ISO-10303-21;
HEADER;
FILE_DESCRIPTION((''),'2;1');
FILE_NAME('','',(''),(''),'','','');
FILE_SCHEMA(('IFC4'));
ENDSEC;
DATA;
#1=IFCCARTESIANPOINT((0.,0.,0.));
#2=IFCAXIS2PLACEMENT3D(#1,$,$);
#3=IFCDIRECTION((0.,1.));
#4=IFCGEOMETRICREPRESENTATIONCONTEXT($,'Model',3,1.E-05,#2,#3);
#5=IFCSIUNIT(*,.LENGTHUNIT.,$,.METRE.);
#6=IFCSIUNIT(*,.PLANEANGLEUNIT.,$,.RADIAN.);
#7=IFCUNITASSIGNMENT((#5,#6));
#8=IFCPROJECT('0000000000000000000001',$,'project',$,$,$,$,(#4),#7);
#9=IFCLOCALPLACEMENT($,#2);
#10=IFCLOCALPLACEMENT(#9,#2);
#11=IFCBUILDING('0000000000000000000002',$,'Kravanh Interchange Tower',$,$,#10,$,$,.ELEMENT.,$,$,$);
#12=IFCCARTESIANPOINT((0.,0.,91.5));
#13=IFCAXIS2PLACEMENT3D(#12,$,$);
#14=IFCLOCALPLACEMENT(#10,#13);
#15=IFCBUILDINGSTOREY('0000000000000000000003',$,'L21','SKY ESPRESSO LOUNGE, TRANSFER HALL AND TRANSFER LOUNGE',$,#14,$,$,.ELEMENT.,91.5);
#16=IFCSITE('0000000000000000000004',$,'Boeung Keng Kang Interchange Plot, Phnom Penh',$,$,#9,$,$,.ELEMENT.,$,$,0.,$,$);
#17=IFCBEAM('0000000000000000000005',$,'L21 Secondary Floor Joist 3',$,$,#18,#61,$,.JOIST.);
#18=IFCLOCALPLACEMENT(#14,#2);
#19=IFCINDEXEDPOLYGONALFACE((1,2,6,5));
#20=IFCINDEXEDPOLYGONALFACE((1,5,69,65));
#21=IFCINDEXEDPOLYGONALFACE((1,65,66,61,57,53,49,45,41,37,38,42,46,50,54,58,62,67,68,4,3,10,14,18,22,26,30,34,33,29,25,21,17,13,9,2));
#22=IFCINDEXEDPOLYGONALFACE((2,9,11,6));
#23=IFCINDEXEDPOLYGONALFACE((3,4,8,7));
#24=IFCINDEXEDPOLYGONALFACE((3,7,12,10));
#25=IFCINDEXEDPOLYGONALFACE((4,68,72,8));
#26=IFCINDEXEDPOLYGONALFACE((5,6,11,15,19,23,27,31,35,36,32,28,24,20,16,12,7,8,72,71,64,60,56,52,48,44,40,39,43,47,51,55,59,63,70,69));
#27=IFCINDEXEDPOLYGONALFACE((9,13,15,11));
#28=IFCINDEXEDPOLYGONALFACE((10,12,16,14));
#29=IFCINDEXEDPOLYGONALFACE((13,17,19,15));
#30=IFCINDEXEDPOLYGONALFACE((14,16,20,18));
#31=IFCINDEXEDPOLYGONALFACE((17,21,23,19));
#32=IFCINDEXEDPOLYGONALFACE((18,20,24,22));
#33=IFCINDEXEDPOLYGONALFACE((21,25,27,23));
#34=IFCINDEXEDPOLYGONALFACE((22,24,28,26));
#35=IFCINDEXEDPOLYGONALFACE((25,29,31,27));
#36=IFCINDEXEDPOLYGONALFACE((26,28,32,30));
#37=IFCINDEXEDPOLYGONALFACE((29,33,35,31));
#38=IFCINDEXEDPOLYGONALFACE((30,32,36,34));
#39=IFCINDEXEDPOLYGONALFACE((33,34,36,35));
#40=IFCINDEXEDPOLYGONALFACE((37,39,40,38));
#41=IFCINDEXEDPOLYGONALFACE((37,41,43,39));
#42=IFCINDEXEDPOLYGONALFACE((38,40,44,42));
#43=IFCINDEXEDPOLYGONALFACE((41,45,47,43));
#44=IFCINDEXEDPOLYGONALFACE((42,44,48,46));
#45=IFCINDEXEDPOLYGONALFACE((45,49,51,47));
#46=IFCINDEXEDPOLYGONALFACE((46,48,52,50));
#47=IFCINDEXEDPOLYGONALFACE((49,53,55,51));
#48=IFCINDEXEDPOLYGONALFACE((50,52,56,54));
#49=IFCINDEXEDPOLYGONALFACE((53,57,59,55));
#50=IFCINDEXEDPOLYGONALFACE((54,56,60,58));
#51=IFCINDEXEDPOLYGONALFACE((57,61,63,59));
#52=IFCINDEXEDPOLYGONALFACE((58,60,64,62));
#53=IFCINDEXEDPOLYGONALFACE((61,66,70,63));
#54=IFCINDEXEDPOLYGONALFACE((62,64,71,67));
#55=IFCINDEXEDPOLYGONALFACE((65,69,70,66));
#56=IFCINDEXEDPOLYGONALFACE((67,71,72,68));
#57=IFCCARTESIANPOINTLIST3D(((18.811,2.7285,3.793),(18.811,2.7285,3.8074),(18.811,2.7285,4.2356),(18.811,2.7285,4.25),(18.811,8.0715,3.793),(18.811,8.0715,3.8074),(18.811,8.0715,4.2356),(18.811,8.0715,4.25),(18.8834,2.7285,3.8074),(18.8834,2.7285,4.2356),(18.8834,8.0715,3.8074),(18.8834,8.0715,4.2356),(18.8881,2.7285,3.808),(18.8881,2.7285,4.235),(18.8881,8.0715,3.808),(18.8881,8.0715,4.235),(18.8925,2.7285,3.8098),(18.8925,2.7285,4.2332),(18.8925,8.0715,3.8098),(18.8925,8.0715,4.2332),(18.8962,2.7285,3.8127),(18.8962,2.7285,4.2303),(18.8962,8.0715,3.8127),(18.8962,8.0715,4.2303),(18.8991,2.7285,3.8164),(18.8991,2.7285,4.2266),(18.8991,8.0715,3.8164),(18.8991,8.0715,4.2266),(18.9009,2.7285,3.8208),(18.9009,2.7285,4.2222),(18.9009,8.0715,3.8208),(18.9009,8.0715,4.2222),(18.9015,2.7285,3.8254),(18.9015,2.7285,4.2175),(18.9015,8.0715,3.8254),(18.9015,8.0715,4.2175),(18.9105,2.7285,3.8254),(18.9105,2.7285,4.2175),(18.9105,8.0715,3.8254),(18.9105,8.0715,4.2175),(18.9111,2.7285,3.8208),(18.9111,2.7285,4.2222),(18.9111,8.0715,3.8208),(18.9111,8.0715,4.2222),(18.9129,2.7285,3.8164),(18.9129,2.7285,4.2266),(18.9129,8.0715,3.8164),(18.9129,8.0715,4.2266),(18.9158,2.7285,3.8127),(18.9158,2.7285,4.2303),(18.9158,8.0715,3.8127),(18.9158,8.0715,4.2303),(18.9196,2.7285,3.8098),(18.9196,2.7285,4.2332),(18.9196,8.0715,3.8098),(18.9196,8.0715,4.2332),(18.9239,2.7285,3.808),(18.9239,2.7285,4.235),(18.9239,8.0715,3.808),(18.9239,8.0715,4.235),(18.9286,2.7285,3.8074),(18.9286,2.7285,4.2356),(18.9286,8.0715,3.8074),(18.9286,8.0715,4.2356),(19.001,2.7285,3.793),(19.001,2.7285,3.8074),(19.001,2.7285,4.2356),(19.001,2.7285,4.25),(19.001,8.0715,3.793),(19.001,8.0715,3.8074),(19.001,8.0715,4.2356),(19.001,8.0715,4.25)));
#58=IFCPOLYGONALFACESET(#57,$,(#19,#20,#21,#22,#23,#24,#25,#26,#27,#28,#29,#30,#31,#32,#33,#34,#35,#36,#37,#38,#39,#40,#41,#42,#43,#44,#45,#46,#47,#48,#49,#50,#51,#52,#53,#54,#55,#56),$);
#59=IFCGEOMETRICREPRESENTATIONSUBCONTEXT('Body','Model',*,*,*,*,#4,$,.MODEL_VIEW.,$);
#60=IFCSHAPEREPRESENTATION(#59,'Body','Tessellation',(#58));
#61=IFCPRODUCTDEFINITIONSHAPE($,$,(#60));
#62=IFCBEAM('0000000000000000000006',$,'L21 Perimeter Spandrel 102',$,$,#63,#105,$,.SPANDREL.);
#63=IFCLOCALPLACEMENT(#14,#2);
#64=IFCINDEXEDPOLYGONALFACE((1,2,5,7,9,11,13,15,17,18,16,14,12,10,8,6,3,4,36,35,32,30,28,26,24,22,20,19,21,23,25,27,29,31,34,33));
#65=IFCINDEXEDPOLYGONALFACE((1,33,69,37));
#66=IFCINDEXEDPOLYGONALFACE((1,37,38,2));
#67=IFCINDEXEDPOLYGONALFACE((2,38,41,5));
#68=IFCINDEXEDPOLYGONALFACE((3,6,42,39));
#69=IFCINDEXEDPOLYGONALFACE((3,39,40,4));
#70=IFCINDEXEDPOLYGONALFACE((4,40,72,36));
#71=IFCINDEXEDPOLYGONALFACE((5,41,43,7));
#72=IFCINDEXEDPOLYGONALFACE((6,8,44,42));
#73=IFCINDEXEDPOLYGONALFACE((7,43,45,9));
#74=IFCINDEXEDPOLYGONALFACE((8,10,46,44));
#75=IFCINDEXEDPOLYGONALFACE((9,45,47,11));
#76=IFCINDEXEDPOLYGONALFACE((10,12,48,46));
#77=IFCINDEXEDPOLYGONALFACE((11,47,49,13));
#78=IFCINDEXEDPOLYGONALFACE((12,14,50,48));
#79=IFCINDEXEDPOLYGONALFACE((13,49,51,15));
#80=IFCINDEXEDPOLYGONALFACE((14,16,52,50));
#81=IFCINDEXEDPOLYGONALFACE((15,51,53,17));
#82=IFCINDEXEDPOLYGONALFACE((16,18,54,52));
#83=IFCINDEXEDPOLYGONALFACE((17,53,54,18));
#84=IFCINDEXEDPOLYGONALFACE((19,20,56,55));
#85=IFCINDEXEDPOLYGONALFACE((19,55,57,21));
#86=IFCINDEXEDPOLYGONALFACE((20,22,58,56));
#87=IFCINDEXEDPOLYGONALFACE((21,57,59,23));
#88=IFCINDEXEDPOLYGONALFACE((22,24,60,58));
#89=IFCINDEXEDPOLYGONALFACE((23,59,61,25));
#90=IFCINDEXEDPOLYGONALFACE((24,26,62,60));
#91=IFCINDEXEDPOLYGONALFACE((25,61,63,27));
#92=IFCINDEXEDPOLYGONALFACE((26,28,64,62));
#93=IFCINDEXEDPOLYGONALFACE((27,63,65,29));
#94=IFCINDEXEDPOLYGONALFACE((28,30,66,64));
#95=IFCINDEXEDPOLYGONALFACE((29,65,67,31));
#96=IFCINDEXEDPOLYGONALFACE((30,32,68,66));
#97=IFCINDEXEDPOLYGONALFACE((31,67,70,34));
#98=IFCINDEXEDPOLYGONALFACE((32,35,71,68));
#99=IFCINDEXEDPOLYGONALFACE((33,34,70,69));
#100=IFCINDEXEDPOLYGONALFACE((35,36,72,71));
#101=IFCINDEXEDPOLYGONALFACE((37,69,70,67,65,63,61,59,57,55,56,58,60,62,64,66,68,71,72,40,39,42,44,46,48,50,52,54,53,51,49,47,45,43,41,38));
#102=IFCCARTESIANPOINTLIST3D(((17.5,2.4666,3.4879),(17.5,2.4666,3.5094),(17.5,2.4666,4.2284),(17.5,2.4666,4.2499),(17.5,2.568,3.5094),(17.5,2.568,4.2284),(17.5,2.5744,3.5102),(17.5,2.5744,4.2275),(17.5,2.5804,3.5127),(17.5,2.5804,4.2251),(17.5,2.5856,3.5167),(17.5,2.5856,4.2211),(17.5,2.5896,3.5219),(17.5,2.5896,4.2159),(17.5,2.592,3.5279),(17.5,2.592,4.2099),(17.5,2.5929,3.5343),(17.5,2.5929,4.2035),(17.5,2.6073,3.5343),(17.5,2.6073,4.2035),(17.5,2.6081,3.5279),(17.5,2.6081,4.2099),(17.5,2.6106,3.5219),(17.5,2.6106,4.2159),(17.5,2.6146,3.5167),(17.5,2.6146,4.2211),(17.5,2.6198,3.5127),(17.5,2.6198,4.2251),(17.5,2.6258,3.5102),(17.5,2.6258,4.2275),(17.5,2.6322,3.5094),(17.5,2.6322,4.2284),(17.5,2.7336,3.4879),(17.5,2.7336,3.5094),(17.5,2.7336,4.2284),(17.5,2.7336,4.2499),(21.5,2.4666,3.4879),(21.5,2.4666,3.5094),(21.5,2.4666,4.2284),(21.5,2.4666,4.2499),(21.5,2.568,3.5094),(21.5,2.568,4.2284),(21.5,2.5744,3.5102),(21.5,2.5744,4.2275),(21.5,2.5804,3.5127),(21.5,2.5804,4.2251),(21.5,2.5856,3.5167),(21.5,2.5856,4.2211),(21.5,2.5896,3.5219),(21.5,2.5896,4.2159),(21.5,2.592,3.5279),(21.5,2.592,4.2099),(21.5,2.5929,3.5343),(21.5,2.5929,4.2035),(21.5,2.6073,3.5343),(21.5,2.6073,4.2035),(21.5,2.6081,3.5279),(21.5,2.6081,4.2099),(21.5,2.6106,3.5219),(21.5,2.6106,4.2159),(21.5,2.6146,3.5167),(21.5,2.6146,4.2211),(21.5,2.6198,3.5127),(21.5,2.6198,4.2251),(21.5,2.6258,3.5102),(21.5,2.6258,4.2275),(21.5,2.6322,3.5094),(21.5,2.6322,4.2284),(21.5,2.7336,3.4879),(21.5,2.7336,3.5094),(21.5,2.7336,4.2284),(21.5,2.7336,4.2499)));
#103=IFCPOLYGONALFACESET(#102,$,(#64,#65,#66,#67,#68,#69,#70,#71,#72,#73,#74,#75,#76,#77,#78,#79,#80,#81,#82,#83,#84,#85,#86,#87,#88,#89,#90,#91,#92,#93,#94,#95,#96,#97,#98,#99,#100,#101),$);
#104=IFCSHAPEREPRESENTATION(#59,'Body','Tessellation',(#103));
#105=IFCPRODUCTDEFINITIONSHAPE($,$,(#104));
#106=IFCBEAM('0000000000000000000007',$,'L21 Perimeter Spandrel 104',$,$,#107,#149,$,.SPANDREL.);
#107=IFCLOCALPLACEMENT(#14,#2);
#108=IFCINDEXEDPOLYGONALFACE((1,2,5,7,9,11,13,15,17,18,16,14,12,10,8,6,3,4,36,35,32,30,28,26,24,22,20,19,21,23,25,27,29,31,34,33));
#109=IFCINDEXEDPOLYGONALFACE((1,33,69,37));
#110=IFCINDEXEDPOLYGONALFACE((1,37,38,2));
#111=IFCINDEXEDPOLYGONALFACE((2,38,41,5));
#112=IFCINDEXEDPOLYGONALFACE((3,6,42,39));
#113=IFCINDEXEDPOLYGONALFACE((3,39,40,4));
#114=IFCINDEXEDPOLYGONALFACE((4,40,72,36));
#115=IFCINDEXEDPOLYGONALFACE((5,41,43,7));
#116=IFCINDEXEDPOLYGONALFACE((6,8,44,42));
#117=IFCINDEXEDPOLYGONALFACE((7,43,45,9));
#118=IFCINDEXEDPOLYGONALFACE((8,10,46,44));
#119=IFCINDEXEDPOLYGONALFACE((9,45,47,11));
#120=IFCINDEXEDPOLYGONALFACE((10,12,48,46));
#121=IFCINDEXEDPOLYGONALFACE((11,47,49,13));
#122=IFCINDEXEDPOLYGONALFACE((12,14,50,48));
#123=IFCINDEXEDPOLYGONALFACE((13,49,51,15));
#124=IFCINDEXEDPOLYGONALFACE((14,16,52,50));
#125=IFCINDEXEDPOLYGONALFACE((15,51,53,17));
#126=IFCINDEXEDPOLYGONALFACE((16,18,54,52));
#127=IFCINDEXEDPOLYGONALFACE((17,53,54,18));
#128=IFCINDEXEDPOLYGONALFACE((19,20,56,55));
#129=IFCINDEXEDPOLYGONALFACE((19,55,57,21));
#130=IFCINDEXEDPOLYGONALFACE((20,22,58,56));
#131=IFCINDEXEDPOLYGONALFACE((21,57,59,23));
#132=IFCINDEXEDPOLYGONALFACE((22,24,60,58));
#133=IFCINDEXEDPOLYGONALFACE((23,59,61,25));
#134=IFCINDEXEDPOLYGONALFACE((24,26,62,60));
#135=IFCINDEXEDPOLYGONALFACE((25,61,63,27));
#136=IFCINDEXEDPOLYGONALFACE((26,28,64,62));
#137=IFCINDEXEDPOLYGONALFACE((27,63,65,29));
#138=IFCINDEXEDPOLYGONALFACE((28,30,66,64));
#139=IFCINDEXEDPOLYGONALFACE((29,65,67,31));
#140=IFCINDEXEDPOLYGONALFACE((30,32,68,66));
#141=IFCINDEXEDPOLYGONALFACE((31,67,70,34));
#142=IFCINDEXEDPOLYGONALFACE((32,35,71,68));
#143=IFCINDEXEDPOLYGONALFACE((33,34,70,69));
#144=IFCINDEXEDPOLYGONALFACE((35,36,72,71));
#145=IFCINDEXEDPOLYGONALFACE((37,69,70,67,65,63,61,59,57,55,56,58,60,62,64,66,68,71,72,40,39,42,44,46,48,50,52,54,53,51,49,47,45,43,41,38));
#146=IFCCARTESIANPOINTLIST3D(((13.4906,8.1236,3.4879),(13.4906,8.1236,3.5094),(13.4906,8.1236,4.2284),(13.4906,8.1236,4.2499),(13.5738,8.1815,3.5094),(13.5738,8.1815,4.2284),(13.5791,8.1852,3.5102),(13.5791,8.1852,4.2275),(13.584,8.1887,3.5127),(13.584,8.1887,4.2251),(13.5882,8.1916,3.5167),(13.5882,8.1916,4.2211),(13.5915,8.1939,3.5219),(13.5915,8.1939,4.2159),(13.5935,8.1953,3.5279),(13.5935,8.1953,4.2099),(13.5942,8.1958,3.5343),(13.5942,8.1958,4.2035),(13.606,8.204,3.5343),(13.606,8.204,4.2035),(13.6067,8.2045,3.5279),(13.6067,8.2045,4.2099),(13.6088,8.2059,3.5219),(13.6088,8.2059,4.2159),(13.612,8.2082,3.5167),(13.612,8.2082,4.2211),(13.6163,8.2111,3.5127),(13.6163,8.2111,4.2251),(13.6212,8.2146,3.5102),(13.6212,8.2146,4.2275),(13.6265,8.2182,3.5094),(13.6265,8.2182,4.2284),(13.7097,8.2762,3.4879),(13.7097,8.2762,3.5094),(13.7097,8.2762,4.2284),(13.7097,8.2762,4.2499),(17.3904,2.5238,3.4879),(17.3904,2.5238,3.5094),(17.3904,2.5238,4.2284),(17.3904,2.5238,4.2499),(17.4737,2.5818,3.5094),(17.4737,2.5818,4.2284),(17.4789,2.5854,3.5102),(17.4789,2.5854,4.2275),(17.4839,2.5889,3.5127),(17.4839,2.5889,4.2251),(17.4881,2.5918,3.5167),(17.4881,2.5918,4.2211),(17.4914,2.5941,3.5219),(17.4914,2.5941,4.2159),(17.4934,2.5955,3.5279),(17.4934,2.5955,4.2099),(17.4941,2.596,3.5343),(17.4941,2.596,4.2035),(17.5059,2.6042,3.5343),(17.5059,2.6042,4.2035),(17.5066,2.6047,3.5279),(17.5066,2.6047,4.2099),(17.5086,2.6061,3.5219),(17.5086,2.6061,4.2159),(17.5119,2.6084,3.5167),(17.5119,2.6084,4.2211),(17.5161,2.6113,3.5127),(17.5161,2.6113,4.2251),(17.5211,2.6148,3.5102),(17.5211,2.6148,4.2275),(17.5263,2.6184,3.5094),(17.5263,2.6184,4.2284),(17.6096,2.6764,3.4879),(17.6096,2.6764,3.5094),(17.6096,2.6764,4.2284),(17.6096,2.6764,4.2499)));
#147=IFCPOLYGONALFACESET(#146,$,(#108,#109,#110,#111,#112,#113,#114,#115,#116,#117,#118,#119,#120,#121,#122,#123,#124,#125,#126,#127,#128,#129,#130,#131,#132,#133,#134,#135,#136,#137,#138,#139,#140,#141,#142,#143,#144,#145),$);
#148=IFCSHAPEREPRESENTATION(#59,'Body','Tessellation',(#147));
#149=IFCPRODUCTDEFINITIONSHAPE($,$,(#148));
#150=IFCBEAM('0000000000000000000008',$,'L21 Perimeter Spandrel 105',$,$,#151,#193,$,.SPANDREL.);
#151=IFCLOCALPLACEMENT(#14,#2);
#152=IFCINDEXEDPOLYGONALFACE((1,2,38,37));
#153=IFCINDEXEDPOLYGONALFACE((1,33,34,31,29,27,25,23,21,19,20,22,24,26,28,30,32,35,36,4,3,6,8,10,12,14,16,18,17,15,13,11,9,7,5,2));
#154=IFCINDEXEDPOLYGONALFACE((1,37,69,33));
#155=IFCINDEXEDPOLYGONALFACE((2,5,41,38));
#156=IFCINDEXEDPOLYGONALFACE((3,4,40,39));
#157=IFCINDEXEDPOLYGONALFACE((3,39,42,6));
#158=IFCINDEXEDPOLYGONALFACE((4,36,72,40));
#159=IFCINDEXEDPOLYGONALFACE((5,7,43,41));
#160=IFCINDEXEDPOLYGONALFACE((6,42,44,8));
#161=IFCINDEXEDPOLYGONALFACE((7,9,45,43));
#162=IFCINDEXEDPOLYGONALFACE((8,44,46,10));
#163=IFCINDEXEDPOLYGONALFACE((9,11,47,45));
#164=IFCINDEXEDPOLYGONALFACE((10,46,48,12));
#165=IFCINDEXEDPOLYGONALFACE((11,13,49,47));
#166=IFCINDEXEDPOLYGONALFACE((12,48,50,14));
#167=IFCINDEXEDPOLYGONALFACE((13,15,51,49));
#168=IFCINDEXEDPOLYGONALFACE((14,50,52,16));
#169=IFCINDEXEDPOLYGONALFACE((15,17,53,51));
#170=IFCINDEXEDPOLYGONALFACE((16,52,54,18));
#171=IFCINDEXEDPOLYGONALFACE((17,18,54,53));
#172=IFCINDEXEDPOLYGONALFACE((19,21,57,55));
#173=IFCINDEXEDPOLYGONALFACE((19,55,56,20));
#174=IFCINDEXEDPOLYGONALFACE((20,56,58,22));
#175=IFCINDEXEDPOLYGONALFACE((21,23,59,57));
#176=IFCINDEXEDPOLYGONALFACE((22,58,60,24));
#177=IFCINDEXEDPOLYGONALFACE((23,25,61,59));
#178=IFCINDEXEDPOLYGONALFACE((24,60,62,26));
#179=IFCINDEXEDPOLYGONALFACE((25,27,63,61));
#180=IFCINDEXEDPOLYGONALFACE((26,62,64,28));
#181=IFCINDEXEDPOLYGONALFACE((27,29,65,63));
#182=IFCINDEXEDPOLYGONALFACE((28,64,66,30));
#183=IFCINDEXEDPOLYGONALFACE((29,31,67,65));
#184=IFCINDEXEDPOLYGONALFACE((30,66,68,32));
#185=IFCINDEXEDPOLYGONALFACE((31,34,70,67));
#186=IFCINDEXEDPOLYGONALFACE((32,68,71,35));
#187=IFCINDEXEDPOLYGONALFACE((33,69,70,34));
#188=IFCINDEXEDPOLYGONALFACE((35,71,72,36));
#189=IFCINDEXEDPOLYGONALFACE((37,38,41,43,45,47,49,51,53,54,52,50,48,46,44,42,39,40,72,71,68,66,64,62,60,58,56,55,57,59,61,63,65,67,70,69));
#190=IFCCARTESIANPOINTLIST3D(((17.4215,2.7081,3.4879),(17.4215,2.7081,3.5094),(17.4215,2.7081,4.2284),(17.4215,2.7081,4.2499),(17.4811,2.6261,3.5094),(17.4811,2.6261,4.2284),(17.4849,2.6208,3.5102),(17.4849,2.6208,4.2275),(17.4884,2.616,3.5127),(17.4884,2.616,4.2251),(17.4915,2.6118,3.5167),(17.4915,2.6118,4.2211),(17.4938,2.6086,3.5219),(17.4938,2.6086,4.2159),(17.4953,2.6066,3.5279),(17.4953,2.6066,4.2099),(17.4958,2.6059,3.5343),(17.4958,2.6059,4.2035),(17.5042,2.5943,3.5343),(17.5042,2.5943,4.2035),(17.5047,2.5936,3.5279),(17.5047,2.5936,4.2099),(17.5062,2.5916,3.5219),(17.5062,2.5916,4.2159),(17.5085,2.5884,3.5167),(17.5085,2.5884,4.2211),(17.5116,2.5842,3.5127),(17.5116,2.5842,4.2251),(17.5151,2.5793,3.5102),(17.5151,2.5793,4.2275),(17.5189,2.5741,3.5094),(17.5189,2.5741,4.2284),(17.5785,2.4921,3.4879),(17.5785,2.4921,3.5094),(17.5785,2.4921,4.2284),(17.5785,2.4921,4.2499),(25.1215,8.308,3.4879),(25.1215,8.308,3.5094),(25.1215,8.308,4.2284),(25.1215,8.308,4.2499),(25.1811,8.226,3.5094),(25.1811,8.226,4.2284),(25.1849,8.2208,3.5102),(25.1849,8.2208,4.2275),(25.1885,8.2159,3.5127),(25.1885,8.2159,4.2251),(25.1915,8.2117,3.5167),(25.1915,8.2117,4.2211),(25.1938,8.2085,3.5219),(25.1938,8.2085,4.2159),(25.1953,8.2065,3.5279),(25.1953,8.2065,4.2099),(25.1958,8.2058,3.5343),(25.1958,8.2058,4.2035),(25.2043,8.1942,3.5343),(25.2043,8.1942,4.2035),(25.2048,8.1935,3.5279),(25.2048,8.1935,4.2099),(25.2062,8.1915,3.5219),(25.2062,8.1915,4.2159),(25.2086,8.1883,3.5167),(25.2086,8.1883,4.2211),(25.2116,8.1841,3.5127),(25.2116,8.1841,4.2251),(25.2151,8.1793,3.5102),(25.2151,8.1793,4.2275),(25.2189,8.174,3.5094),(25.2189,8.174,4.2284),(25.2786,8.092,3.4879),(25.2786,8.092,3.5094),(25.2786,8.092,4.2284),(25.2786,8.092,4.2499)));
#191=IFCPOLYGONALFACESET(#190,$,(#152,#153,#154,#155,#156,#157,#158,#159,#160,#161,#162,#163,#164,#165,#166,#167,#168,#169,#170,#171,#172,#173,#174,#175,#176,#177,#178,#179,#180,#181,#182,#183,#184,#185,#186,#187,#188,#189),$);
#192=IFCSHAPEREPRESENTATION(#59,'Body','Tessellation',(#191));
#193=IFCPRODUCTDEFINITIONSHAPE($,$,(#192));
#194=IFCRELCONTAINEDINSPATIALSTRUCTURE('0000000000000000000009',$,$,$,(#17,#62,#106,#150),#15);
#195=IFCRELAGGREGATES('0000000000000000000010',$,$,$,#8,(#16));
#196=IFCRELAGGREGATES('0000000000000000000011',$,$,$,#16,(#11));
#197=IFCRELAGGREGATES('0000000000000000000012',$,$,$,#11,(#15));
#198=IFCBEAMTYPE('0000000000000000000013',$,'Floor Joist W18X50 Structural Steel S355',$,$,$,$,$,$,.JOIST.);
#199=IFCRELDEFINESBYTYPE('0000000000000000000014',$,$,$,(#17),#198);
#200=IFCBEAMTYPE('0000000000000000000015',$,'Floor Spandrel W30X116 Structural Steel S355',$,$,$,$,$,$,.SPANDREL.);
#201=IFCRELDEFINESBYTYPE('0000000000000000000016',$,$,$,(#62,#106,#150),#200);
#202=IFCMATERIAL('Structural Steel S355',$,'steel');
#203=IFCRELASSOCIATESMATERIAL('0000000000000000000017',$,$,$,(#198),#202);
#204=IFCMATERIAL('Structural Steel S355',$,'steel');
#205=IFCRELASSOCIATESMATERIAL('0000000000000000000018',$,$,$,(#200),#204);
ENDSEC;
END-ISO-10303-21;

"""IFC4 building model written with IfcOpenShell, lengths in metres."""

from ifc_helpers import new_model, si_unit, direction, frame, origin, origin_2d, place, context, subcontext, project, spatial, i_section, extrude, material, material_profile, profile_set, type_object, element, save


model = new_model("IFC4")

# Units and contexts
model_context = context("Model", 3, precision=1e-05, world=origin(), true_north=direction((0.0, 1.0)))
body_context = subcontext(model_context, "Body", "Model", "MODEL_VIEW")
ifc_project = project(units=[si_unit("LENGTHUNIT", "METRE"), si_unit("PLANEANGLEUNIT", "RADIAN")], contexts=[model_context])

# Site, building, storey
site_placement = place(None, origin())
site = spatial("IfcSite", under=ifc_project, at=site_placement, Name="Boeung Keng Kang Interchange Plot, Phnom Penh", CompositionType="ELEMENT", RefElevation=0.0)
building_placement = place(site_placement, origin())
building = spatial("IfcBuilding", under=site, at=building_placement, Name="Kravanh Interchange Tower", CompositionType="ELEMENT")
storey_placement = place(building_placement, frame((0.0, 0.0, 91.5)))
storey = spatial("IfcBuildingStorey", under=building, at=storey_placement, Name="L21", Description="SKY ESPRESSO LOUNGE, TRANSFER HALL AND TRANSFER LOUNGE", CompositionType="ELEMENT", Elevation=91.5)

# Beams
ifc_material_1 = material(Name="Structural Steel S355", Category="steel")
ifc_material_profile_1 = material_profile(ifc_material_1, i_section(OverallWidth=0.1899, OverallDepth=0.457, WebThickness=0.009, FlangeThickness=0.0144, FilletRadius=0.0181, at=origin_2d()), Name="W18X50")
ifc_profile_set_1 = profile_set([ifc_material_profile_1], Name="Structural Steel S355")
beam_type_1 = type_object("IfcBeamType", Name="Floor Joist W18X50 Structural Steel S355", PredefinedType="JOIST", material=ifc_profile_set_1)
for number, where, z_axis, x_axis, name in (
    (1, (18.906, 2.7285, 4.0215), (0.0, 1.0, 0.0), (-1.0, 0.0, 0.0), "L21 Secondary Floor Joist 3"),
):
    element("IfcBeam", number, at=place(storey_placement, frame(where, z_axis=z_axis, x_axis=x_axis)), inside=storey, type_object=beam_type_1, Name=name, PredefinedType="JOIST", context=body_context, shape_type="SweptSolid", body=[
        extrude(i_section(OverallWidth=0.1899, OverallDepth=0.457, WebThickness=0.009, FlangeThickness=0.0144, FilletRadius=0.0181, at=origin_2d()), origin(), (0.0, 0.0, 1.0), 5.343),
    ])
ifc_material_2 = material(Name="Structural Steel S355", Category="steel")
ifc_material_profile_2 = material_profile(ifc_material_2, i_section(OverallWidth=0.2671, OverallDepth=0.762, WebThickness=0.0144, FlangeThickness=0.0215, FilletRadius=0.0249, at=origin_2d()), Name="W30X116")
ifc_profile_set_2 = profile_set([ifc_material_profile_2], Name="Structural Steel S355")
beam_type_2 = type_object("IfcBeamType", Name="Floor Spandrel W30X116 Structural Steel S355", PredefinedType="SPANDREL", material=ifc_profile_set_2)
beam_1_placement = place(storey_placement, frame((17.5, 2.6001, 3.8689), z_axis=(1.0, 0.0, 0.0), x_axis=(0.0, 1.0, 0.0)))
element("IfcBeam", 2, at=beam_1_placement, inside=storey, type_object=beam_type_2, Name="L21 Perimeter Spandrel 102", PredefinedType="SPANDREL", context=body_context, shape_type="SweptSolid", body=[
    extrude(i_section(OverallWidth=0.2671, OverallDepth=0.762, WebThickness=0.0144, FlangeThickness=0.0215, FilletRadius=0.0249, at=origin_2d()), origin(), (0.0, 0.0, 1.0), 4.0),
])
beam_2_placement = place(storey_placement, frame((17.5, 2.6001, 3.8689), z_axis=(-0.571494, 0.820606, 0.0), x_axis=(-0.820606, -0.571494, 0.0)))
element("IfcBeam", 3, at=beam_2_placement, inside=storey, type_object=beam_type_2, Name="L21 Perimeter Spandrel 104", PredefinedType="SPANDREL", context=body_context, shape_type="SweptSolid", body=[
    extrude(i_section(OverallWidth=0.2671, OverallDepth=0.762, WebThickness=0.0144, FlangeThickness=0.0215, FilletRadius=0.0249, at=origin_2d()), origin(), (0.0, 0.0, 1.0), 6.824),
])
beam_3_placement = place(storey_placement, frame((17.5, 2.6001, 3.8689), z_axis=(0.808742, 0.588164, 0.0), x_axis=(-0.588164, 0.808742, 0.0)))
element("IfcBeam", 4, at=beam_3_placement, inside=storey, type_object=beam_type_2, Name="L21 Perimeter Spandrel 105", PredefinedType="SPANDREL", context=body_context, shape_type="SweptSolid", body=[
    extrude(i_section(OverallWidth=0.2671, OverallDepth=0.762, WebThickness=0.0144, FlangeThickness=0.0215, FilletRadius=0.0249, at=origin_2d()), origin(), (0.0, 0.0, 1.0), 9.521),
])

save(model, "model.ifc")
